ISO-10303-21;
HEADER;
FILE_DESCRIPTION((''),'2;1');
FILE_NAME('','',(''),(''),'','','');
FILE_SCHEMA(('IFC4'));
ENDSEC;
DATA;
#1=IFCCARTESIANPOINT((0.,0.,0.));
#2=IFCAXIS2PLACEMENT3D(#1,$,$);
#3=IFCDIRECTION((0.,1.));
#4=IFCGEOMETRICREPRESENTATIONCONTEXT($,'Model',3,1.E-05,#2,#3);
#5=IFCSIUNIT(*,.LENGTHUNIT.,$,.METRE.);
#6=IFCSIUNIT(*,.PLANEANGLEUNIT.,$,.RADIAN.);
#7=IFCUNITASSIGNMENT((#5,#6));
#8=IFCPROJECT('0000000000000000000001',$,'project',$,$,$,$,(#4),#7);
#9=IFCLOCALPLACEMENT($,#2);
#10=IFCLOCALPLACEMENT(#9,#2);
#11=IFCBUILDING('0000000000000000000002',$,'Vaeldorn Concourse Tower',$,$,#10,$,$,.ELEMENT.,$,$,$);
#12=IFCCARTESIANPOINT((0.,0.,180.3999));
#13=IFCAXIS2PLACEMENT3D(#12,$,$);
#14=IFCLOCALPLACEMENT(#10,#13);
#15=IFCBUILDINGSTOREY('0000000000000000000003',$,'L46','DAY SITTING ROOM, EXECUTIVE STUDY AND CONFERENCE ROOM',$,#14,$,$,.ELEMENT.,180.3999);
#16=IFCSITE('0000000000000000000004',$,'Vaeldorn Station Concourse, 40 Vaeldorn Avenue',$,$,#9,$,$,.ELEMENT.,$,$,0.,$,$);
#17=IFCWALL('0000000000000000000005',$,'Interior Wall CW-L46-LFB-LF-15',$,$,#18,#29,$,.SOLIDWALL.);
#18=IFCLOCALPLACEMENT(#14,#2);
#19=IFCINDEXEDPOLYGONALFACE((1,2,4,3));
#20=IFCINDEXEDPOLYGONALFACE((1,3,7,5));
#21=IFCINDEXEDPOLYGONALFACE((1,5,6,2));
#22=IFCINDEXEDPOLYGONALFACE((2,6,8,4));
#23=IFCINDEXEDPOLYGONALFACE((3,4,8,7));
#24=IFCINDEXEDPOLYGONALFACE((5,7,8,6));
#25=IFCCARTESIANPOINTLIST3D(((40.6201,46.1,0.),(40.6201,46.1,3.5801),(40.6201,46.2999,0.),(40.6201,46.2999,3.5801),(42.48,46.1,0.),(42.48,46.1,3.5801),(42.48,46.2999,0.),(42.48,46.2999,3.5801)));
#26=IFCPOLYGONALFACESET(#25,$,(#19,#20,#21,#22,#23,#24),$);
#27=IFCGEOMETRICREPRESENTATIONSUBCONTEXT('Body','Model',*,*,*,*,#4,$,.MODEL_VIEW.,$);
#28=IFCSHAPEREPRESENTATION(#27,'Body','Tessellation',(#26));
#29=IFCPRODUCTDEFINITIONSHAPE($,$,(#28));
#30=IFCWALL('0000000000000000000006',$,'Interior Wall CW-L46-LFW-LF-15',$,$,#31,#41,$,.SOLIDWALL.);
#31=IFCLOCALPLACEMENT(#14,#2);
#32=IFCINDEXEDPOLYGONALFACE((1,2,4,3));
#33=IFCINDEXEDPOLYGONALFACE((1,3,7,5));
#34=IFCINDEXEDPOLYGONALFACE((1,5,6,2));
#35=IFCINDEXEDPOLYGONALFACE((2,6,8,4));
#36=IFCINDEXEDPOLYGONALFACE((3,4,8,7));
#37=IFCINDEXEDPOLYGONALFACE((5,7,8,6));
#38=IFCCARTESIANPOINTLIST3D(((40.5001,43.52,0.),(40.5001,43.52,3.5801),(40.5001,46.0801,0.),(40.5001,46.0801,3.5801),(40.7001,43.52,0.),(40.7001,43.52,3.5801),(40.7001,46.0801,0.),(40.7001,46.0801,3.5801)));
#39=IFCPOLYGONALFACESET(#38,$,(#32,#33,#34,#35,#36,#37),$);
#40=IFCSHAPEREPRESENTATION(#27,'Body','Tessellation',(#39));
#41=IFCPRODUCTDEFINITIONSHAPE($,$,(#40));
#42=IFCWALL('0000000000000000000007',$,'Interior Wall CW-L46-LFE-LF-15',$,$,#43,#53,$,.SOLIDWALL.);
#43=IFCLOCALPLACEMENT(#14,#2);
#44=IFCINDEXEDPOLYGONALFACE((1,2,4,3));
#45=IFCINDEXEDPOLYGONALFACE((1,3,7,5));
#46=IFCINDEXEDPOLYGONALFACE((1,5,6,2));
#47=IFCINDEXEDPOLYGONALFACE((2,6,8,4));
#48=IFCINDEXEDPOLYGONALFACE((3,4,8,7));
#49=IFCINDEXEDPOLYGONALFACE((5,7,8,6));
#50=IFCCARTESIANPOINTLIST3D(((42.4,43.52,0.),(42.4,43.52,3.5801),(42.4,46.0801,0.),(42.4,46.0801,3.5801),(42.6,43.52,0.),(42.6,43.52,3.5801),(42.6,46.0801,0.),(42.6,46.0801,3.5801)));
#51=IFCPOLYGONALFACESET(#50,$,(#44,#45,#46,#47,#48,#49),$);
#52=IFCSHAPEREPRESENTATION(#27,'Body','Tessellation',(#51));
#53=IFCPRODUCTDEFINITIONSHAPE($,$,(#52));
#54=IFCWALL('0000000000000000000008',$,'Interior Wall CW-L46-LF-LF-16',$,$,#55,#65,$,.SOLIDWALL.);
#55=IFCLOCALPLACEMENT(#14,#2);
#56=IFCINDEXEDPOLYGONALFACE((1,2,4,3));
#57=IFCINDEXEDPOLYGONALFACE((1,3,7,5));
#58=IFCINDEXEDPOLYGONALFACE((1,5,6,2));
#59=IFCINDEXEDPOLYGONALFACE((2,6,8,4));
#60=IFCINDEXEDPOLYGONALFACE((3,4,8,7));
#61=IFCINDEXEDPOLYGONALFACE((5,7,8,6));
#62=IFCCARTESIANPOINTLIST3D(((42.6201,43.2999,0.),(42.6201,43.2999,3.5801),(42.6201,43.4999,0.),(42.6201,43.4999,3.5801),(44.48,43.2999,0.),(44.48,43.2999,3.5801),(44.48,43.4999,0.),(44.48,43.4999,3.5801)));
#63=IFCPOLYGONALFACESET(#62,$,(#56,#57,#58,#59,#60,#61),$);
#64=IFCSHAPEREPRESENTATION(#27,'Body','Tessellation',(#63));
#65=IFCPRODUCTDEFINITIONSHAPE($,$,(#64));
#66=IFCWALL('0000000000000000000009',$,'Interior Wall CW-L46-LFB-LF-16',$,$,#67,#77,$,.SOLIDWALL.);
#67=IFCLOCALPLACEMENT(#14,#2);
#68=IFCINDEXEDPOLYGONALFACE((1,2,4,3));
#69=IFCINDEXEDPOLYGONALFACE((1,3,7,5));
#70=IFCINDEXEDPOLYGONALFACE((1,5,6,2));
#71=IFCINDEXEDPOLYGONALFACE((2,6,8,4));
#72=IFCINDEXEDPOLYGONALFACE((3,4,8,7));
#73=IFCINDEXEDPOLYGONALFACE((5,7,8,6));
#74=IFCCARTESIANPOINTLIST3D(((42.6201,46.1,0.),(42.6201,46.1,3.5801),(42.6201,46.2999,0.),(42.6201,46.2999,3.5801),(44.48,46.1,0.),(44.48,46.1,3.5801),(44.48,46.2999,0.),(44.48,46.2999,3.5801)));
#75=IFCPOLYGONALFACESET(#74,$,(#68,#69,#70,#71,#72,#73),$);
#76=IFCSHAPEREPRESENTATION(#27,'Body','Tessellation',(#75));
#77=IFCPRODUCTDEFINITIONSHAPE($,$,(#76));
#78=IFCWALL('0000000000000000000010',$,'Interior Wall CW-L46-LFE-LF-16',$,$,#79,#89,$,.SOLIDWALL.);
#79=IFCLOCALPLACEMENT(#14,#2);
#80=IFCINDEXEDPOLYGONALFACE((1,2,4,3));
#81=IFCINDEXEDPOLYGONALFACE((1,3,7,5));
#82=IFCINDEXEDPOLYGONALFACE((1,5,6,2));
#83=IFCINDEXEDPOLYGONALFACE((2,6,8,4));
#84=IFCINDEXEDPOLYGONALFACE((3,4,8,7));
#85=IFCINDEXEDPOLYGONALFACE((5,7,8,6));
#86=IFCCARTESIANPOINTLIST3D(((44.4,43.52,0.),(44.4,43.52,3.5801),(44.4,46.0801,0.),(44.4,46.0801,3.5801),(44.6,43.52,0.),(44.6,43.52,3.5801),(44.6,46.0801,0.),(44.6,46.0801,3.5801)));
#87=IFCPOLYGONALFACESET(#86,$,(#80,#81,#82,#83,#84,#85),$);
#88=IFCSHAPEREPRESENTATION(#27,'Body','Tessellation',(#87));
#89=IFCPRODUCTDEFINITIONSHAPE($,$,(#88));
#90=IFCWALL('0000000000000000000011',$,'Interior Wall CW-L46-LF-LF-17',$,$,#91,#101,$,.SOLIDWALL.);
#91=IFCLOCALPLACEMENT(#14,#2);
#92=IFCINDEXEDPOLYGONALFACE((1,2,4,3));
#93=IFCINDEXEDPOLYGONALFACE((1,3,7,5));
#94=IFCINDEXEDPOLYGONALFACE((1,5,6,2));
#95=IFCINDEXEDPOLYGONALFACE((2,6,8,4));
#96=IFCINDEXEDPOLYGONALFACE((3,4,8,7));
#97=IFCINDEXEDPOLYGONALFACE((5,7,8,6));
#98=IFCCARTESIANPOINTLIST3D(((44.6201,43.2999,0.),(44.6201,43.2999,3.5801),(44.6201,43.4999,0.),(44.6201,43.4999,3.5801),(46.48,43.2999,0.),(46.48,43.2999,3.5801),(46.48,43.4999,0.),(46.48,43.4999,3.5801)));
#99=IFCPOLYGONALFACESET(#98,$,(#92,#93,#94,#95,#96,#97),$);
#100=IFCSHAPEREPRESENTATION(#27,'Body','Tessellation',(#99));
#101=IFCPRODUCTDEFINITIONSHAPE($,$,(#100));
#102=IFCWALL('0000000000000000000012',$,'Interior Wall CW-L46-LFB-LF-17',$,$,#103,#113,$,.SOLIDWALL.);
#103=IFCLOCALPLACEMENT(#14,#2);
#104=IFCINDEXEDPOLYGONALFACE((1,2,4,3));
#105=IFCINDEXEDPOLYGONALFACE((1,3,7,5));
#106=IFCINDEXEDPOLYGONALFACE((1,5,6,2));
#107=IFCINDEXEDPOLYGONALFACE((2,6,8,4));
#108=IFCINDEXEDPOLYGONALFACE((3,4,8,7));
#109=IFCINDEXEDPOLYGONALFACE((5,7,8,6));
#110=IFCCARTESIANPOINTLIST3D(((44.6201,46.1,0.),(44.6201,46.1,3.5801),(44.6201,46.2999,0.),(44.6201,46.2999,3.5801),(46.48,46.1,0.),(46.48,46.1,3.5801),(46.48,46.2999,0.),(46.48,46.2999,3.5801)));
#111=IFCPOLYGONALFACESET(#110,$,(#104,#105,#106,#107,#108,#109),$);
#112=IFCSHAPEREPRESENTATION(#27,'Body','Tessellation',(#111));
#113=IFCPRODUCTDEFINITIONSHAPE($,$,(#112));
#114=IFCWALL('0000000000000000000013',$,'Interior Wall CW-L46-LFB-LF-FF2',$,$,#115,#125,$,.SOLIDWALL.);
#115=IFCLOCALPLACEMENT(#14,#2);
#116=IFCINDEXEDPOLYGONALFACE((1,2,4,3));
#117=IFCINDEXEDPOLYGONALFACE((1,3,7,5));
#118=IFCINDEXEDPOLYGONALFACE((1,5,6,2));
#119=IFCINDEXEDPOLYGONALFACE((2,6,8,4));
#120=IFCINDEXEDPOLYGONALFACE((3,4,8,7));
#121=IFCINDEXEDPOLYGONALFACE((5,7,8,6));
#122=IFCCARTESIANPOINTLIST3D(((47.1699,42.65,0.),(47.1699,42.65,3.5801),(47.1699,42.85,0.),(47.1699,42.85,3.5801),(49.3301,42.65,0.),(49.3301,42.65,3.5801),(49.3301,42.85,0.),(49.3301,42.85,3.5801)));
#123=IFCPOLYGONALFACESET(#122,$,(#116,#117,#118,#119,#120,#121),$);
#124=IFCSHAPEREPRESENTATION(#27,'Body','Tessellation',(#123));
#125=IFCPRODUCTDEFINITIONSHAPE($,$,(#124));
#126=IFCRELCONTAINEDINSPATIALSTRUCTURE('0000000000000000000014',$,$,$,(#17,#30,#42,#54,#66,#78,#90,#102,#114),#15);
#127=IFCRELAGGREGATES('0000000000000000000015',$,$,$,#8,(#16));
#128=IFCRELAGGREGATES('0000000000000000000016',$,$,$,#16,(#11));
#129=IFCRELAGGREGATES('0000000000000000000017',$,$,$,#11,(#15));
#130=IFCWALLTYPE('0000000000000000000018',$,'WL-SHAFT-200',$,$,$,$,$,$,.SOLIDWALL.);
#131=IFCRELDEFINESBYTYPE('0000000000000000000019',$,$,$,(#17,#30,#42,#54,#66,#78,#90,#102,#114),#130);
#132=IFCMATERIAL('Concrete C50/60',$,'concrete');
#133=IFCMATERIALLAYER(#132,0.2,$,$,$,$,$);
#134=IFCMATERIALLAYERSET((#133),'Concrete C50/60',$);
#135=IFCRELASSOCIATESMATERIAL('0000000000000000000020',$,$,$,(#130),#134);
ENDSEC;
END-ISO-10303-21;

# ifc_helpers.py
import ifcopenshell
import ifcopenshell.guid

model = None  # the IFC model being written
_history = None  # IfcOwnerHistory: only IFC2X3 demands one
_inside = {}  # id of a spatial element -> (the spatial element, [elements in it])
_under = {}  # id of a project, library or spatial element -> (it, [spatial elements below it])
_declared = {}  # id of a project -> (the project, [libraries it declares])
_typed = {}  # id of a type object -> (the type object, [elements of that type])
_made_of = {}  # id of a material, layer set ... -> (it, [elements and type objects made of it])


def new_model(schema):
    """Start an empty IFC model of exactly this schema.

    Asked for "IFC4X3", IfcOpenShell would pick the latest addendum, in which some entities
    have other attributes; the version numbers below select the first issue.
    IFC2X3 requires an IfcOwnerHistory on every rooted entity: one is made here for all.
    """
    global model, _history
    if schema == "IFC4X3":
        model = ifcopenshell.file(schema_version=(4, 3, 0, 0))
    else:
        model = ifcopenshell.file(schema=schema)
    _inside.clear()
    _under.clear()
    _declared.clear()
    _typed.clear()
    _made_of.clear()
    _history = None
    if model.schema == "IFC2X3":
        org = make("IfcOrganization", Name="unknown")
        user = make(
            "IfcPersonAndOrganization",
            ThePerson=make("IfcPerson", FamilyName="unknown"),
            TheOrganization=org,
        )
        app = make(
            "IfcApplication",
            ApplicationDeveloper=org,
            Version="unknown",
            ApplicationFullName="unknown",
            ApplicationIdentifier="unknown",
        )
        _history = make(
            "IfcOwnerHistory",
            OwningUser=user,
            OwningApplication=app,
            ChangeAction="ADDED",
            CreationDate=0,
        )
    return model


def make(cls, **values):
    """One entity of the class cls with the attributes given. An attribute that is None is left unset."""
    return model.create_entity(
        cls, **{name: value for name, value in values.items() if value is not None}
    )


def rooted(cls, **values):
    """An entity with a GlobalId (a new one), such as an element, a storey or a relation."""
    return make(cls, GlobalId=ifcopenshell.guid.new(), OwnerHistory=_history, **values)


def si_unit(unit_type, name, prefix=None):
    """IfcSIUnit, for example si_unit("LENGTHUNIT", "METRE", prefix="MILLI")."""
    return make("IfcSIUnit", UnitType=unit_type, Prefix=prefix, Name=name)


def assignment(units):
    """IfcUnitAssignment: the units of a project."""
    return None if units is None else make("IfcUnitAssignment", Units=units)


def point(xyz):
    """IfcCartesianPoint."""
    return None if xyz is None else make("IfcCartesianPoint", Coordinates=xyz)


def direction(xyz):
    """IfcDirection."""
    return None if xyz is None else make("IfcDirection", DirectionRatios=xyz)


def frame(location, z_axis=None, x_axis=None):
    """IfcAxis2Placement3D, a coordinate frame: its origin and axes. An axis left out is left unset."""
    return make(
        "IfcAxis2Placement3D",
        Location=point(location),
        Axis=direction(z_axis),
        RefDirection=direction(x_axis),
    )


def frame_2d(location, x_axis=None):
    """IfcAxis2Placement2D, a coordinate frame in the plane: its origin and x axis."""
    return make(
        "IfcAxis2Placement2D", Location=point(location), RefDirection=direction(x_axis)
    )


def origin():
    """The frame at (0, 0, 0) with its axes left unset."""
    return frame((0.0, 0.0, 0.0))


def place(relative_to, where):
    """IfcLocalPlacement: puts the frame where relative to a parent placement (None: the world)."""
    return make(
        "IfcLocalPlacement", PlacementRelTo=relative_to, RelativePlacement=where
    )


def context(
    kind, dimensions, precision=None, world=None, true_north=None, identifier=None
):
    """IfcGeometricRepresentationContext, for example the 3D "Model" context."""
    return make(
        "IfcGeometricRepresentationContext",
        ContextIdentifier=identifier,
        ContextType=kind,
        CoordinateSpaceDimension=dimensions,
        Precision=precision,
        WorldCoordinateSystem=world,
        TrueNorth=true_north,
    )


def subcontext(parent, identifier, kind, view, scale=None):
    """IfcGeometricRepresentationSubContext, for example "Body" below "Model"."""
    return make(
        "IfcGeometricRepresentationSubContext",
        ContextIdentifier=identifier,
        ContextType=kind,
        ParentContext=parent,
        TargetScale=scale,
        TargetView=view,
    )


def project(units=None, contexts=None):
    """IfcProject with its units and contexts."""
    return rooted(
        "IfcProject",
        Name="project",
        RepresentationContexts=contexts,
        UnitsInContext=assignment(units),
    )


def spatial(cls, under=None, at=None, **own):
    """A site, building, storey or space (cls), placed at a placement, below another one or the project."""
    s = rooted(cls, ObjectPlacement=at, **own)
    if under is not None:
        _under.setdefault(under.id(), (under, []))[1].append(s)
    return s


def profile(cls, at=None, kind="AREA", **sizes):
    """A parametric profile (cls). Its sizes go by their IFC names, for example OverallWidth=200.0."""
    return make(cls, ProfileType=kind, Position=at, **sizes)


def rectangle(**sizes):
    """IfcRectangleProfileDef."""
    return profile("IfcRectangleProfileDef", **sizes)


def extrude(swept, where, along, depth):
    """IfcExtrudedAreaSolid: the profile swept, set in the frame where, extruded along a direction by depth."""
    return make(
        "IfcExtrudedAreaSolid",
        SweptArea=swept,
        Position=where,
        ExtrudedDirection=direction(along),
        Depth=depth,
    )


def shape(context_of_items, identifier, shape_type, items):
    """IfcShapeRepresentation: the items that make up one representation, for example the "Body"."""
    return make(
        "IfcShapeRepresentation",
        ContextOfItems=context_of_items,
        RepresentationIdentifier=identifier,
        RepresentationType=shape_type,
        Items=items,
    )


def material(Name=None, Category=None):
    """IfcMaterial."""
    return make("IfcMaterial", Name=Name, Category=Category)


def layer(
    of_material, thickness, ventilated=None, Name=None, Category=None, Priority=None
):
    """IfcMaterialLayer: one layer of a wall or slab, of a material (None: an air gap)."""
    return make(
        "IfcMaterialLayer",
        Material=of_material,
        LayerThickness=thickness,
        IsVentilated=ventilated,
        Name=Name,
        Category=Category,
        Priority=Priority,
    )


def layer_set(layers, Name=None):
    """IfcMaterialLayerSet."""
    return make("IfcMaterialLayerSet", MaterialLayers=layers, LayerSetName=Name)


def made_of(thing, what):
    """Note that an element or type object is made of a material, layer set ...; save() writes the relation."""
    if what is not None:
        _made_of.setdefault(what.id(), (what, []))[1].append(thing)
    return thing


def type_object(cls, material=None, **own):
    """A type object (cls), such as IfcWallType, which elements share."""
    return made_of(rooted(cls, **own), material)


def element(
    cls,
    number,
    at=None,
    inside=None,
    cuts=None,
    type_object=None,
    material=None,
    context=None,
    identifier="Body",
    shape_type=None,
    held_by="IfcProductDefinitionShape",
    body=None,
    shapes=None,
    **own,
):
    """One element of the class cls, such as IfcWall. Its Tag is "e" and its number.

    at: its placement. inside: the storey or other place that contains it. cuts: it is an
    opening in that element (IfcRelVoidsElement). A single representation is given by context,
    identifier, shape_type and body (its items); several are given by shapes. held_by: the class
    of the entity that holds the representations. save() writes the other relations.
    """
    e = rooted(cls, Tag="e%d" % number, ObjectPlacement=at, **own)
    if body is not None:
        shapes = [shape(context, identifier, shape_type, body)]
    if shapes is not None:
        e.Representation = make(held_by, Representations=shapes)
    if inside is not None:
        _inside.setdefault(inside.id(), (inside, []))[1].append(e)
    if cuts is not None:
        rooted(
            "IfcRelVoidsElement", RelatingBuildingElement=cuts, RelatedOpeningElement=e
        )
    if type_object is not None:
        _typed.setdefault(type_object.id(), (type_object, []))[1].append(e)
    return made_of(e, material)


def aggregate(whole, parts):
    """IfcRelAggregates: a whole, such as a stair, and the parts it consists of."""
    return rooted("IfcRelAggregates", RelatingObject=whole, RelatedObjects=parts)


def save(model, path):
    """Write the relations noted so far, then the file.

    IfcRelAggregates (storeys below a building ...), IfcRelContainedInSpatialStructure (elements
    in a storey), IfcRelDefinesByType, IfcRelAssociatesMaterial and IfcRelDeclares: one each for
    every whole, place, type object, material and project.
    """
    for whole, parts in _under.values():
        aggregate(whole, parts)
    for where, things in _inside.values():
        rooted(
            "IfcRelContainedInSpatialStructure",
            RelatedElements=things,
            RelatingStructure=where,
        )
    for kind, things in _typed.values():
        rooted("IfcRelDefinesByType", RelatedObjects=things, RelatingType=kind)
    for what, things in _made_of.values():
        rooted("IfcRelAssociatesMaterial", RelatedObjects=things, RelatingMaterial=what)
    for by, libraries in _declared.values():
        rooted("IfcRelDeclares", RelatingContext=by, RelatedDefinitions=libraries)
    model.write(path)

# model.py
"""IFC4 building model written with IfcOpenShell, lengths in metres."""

from ifc_helpers import new_model, si_unit, direction, frame, frame_2d, origin, place, context, subcontext, project, spatial, rectangle, extrude, material, layer, layer_set, type_object, element, save


model = new_model("IFC4")

# Units and contexts
model_context = context("Model", 3, precision=1e-05, world=origin(), true_north=direction((0.0, 1.0)))
body_context = subcontext(model_context, "Body", "Model", "MODEL_VIEW")
ifc_project = project(units=[si_unit("LENGTHUNIT", "METRE"), si_unit("PLANEANGLEUNIT", "RADIAN")], contexts=[model_context])

# Site, building, storey
site_placement = place(None, origin())
site = spatial("IfcSite", under=ifc_project, at=site_placement, Name="Vaeldorn Station Concourse, 40 Vaeldorn Avenue", CompositionType="ELEMENT", RefElevation=0.0)
building_placement = place(site_placement, origin())
building = spatial("IfcBuilding", under=site, at=building_placement, Name="Vaeldorn Concourse Tower", CompositionType="ELEMENT")
storey_placement = place(building_placement, frame((0.0, 0.0, 180.3999)))
storey = spatial("IfcBuildingStorey", under=building, at=storey_placement, Name="L46", Description="DAY SITTING ROOM, EXECUTIVE STUDY AND CONFERENCE ROOM", CompositionType="ELEMENT", Elevation=180.3999)

# Shared definitions
ifc_material_1 = material(Name="Concrete C50/60", Category="concrete")

# Shared definitions
ifc_layer_1 = layer(ifc_material_1, 0.2)
ifc_layer_set_1 = layer_set([ifc_layer_1], Name="Concrete C50/60")
wall_type_1 = type_object("IfcWallType", Name="WL-SHAFT-200", PredefinedType="SOLIDWALL", material=ifc_layer_set_1)

# Walls
for number, where, z_axis, x_axis, name in (
    (1, (40.6201, 46.2, 0.0), (0.0, 0.0, 1.0), (1.0, 0.0, 0.0), "Interior Wall CW-L46-LFB-LF-15"),
):
    element("IfcWall", number, at=place(storey_placement, frame(where, z_axis=z_axis, x_axis=x_axis)), inside=storey, type_object=wall_type_1, Name=name, PredefinedType="SOLIDWALL", context=body_context, shape_type="SweptSolid", body=[
        extrude(rectangle(XDim=1.8599, YDim=0.2, at=frame_2d((0.9299, 0.0))), origin(), (0.0, 0.0, 1.0), 3.5801),
    ])
for number, where, z_axis, x_axis, name in (
    (2, (40.6001, 43.52, 0.0), (0.0, 0.0, 1.0), (0.0, 1.0, 0.0), "Interior Wall CW-L46-LFW-LF-15"),
    (3, (42.5, 43.52, 0.0), (0.0, 0.0, 1.0), (0.0, 1.0, 0.0), "Interior Wall CW-L46-LFE-LF-15"),
):
    element("IfcWall", number, at=place(storey_placement, frame(where, z_axis=z_axis, x_axis=x_axis)), inside=storey, type_object=wall_type_1, Name=name, PredefinedType="SOLIDWALL", context=body_context, shape_type="SweptSolid", body=[
        extrude(rectangle(XDim=2.5601, YDim=0.2, at=frame_2d((1.28, 0.0))), origin(), (0.0, 0.0, 1.0), 3.5801),
    ])
for number, where, z_axis, x_axis, name in (
    (4, (42.6201, 43.3999, 0.0), (0.0, 0.0, 1.0), (1.0, 0.0, 0.0), "Interior Wall CW-L46-LF-LF-16"),
    (5, (42.6201, 46.2, 0.0), (0.0, 0.0, 1.0), (1.0, 0.0, 0.0), "Interior Wall CW-L46-LFB-LF-16"),
):
    element("IfcWall", number, at=place(storey_placement, frame(where, z_axis=z_axis, x_axis=x_axis)), inside=storey, type_object=wall_type_1, Name=name, PredefinedType="SOLIDWALL", context=body_context, shape_type="SweptSolid", body=[
        extrude(rectangle(XDim=1.8599, YDim=0.2, at=frame_2d((0.9299, 0.0))), origin(), (0.0, 0.0, 1.0), 3.5801),
    ])
wall_1_placement = place(storey_placement, frame((44.5, 43.52, 0.0), z_axis=(0.0, 0.0, 1.0), x_axis=(0.0, 1.0, 0.0)))
element("IfcWall", 6, at=wall_1_placement, inside=storey, type_object=wall_type_1, Name="Interior Wall CW-L46-LFE-LF-16", PredefinedType="SOLIDWALL", context=body_context, shape_type="SweptSolid", body=[
    extrude(rectangle(XDim=2.5601, YDim=0.2, at=frame_2d((1.28, 0.0))), origin(), (0.0, 0.0, 1.0), 3.5801),
])
for number, where, z_axis, x_axis, name in (
    (7, (44.6201, 43.3999, 0.0), (0.0, 0.0, 1.0), (1.0, 0.0, 0.0), "Interior Wall CW-L46-LF-LF-17"),
    (8, (44.6201, 46.2, 0.0), (0.0, 0.0, 1.0), (1.0, 0.0, 0.0), "Interior Wall CW-L46-LFB-LF-17"),
):
    element("IfcWall", number, at=place(storey_placement, frame(where, z_axis=z_axis, x_axis=x_axis)), inside=storey, type_object=wall_type_1, Name=name, PredefinedType="SOLIDWALL", context=body_context, shape_type="SweptSolid", body=[
        extrude(rectangle(XDim=1.8599, YDim=0.2, at=frame_2d((0.9299, 0.0))), origin(), (0.0, 0.0, 1.0), 3.5801),
    ])

# Wall
wall_2_placement = place(storey_placement, frame((47.1699, 42.75, 0.0), z_axis=(0.0, 0.0, 1.0), x_axis=(1.0, 0.0, 0.0)))
element("IfcWall", 9, at=wall_2_placement, inside=storey, type_object=wall_type_1, Name="Interior Wall CW-L46-LFB-LF-FF2", PredefinedType="SOLIDWALL", context=body_context, shape_type="SweptSolid", body=[
    extrude(rectangle(XDim=2.1602, YDim=0.2, at=frame_2d((1.0801, 0.0))), origin(), (0.0, 0.0, 1.0), 3.5801),
])

save(model, "model.ifc")
